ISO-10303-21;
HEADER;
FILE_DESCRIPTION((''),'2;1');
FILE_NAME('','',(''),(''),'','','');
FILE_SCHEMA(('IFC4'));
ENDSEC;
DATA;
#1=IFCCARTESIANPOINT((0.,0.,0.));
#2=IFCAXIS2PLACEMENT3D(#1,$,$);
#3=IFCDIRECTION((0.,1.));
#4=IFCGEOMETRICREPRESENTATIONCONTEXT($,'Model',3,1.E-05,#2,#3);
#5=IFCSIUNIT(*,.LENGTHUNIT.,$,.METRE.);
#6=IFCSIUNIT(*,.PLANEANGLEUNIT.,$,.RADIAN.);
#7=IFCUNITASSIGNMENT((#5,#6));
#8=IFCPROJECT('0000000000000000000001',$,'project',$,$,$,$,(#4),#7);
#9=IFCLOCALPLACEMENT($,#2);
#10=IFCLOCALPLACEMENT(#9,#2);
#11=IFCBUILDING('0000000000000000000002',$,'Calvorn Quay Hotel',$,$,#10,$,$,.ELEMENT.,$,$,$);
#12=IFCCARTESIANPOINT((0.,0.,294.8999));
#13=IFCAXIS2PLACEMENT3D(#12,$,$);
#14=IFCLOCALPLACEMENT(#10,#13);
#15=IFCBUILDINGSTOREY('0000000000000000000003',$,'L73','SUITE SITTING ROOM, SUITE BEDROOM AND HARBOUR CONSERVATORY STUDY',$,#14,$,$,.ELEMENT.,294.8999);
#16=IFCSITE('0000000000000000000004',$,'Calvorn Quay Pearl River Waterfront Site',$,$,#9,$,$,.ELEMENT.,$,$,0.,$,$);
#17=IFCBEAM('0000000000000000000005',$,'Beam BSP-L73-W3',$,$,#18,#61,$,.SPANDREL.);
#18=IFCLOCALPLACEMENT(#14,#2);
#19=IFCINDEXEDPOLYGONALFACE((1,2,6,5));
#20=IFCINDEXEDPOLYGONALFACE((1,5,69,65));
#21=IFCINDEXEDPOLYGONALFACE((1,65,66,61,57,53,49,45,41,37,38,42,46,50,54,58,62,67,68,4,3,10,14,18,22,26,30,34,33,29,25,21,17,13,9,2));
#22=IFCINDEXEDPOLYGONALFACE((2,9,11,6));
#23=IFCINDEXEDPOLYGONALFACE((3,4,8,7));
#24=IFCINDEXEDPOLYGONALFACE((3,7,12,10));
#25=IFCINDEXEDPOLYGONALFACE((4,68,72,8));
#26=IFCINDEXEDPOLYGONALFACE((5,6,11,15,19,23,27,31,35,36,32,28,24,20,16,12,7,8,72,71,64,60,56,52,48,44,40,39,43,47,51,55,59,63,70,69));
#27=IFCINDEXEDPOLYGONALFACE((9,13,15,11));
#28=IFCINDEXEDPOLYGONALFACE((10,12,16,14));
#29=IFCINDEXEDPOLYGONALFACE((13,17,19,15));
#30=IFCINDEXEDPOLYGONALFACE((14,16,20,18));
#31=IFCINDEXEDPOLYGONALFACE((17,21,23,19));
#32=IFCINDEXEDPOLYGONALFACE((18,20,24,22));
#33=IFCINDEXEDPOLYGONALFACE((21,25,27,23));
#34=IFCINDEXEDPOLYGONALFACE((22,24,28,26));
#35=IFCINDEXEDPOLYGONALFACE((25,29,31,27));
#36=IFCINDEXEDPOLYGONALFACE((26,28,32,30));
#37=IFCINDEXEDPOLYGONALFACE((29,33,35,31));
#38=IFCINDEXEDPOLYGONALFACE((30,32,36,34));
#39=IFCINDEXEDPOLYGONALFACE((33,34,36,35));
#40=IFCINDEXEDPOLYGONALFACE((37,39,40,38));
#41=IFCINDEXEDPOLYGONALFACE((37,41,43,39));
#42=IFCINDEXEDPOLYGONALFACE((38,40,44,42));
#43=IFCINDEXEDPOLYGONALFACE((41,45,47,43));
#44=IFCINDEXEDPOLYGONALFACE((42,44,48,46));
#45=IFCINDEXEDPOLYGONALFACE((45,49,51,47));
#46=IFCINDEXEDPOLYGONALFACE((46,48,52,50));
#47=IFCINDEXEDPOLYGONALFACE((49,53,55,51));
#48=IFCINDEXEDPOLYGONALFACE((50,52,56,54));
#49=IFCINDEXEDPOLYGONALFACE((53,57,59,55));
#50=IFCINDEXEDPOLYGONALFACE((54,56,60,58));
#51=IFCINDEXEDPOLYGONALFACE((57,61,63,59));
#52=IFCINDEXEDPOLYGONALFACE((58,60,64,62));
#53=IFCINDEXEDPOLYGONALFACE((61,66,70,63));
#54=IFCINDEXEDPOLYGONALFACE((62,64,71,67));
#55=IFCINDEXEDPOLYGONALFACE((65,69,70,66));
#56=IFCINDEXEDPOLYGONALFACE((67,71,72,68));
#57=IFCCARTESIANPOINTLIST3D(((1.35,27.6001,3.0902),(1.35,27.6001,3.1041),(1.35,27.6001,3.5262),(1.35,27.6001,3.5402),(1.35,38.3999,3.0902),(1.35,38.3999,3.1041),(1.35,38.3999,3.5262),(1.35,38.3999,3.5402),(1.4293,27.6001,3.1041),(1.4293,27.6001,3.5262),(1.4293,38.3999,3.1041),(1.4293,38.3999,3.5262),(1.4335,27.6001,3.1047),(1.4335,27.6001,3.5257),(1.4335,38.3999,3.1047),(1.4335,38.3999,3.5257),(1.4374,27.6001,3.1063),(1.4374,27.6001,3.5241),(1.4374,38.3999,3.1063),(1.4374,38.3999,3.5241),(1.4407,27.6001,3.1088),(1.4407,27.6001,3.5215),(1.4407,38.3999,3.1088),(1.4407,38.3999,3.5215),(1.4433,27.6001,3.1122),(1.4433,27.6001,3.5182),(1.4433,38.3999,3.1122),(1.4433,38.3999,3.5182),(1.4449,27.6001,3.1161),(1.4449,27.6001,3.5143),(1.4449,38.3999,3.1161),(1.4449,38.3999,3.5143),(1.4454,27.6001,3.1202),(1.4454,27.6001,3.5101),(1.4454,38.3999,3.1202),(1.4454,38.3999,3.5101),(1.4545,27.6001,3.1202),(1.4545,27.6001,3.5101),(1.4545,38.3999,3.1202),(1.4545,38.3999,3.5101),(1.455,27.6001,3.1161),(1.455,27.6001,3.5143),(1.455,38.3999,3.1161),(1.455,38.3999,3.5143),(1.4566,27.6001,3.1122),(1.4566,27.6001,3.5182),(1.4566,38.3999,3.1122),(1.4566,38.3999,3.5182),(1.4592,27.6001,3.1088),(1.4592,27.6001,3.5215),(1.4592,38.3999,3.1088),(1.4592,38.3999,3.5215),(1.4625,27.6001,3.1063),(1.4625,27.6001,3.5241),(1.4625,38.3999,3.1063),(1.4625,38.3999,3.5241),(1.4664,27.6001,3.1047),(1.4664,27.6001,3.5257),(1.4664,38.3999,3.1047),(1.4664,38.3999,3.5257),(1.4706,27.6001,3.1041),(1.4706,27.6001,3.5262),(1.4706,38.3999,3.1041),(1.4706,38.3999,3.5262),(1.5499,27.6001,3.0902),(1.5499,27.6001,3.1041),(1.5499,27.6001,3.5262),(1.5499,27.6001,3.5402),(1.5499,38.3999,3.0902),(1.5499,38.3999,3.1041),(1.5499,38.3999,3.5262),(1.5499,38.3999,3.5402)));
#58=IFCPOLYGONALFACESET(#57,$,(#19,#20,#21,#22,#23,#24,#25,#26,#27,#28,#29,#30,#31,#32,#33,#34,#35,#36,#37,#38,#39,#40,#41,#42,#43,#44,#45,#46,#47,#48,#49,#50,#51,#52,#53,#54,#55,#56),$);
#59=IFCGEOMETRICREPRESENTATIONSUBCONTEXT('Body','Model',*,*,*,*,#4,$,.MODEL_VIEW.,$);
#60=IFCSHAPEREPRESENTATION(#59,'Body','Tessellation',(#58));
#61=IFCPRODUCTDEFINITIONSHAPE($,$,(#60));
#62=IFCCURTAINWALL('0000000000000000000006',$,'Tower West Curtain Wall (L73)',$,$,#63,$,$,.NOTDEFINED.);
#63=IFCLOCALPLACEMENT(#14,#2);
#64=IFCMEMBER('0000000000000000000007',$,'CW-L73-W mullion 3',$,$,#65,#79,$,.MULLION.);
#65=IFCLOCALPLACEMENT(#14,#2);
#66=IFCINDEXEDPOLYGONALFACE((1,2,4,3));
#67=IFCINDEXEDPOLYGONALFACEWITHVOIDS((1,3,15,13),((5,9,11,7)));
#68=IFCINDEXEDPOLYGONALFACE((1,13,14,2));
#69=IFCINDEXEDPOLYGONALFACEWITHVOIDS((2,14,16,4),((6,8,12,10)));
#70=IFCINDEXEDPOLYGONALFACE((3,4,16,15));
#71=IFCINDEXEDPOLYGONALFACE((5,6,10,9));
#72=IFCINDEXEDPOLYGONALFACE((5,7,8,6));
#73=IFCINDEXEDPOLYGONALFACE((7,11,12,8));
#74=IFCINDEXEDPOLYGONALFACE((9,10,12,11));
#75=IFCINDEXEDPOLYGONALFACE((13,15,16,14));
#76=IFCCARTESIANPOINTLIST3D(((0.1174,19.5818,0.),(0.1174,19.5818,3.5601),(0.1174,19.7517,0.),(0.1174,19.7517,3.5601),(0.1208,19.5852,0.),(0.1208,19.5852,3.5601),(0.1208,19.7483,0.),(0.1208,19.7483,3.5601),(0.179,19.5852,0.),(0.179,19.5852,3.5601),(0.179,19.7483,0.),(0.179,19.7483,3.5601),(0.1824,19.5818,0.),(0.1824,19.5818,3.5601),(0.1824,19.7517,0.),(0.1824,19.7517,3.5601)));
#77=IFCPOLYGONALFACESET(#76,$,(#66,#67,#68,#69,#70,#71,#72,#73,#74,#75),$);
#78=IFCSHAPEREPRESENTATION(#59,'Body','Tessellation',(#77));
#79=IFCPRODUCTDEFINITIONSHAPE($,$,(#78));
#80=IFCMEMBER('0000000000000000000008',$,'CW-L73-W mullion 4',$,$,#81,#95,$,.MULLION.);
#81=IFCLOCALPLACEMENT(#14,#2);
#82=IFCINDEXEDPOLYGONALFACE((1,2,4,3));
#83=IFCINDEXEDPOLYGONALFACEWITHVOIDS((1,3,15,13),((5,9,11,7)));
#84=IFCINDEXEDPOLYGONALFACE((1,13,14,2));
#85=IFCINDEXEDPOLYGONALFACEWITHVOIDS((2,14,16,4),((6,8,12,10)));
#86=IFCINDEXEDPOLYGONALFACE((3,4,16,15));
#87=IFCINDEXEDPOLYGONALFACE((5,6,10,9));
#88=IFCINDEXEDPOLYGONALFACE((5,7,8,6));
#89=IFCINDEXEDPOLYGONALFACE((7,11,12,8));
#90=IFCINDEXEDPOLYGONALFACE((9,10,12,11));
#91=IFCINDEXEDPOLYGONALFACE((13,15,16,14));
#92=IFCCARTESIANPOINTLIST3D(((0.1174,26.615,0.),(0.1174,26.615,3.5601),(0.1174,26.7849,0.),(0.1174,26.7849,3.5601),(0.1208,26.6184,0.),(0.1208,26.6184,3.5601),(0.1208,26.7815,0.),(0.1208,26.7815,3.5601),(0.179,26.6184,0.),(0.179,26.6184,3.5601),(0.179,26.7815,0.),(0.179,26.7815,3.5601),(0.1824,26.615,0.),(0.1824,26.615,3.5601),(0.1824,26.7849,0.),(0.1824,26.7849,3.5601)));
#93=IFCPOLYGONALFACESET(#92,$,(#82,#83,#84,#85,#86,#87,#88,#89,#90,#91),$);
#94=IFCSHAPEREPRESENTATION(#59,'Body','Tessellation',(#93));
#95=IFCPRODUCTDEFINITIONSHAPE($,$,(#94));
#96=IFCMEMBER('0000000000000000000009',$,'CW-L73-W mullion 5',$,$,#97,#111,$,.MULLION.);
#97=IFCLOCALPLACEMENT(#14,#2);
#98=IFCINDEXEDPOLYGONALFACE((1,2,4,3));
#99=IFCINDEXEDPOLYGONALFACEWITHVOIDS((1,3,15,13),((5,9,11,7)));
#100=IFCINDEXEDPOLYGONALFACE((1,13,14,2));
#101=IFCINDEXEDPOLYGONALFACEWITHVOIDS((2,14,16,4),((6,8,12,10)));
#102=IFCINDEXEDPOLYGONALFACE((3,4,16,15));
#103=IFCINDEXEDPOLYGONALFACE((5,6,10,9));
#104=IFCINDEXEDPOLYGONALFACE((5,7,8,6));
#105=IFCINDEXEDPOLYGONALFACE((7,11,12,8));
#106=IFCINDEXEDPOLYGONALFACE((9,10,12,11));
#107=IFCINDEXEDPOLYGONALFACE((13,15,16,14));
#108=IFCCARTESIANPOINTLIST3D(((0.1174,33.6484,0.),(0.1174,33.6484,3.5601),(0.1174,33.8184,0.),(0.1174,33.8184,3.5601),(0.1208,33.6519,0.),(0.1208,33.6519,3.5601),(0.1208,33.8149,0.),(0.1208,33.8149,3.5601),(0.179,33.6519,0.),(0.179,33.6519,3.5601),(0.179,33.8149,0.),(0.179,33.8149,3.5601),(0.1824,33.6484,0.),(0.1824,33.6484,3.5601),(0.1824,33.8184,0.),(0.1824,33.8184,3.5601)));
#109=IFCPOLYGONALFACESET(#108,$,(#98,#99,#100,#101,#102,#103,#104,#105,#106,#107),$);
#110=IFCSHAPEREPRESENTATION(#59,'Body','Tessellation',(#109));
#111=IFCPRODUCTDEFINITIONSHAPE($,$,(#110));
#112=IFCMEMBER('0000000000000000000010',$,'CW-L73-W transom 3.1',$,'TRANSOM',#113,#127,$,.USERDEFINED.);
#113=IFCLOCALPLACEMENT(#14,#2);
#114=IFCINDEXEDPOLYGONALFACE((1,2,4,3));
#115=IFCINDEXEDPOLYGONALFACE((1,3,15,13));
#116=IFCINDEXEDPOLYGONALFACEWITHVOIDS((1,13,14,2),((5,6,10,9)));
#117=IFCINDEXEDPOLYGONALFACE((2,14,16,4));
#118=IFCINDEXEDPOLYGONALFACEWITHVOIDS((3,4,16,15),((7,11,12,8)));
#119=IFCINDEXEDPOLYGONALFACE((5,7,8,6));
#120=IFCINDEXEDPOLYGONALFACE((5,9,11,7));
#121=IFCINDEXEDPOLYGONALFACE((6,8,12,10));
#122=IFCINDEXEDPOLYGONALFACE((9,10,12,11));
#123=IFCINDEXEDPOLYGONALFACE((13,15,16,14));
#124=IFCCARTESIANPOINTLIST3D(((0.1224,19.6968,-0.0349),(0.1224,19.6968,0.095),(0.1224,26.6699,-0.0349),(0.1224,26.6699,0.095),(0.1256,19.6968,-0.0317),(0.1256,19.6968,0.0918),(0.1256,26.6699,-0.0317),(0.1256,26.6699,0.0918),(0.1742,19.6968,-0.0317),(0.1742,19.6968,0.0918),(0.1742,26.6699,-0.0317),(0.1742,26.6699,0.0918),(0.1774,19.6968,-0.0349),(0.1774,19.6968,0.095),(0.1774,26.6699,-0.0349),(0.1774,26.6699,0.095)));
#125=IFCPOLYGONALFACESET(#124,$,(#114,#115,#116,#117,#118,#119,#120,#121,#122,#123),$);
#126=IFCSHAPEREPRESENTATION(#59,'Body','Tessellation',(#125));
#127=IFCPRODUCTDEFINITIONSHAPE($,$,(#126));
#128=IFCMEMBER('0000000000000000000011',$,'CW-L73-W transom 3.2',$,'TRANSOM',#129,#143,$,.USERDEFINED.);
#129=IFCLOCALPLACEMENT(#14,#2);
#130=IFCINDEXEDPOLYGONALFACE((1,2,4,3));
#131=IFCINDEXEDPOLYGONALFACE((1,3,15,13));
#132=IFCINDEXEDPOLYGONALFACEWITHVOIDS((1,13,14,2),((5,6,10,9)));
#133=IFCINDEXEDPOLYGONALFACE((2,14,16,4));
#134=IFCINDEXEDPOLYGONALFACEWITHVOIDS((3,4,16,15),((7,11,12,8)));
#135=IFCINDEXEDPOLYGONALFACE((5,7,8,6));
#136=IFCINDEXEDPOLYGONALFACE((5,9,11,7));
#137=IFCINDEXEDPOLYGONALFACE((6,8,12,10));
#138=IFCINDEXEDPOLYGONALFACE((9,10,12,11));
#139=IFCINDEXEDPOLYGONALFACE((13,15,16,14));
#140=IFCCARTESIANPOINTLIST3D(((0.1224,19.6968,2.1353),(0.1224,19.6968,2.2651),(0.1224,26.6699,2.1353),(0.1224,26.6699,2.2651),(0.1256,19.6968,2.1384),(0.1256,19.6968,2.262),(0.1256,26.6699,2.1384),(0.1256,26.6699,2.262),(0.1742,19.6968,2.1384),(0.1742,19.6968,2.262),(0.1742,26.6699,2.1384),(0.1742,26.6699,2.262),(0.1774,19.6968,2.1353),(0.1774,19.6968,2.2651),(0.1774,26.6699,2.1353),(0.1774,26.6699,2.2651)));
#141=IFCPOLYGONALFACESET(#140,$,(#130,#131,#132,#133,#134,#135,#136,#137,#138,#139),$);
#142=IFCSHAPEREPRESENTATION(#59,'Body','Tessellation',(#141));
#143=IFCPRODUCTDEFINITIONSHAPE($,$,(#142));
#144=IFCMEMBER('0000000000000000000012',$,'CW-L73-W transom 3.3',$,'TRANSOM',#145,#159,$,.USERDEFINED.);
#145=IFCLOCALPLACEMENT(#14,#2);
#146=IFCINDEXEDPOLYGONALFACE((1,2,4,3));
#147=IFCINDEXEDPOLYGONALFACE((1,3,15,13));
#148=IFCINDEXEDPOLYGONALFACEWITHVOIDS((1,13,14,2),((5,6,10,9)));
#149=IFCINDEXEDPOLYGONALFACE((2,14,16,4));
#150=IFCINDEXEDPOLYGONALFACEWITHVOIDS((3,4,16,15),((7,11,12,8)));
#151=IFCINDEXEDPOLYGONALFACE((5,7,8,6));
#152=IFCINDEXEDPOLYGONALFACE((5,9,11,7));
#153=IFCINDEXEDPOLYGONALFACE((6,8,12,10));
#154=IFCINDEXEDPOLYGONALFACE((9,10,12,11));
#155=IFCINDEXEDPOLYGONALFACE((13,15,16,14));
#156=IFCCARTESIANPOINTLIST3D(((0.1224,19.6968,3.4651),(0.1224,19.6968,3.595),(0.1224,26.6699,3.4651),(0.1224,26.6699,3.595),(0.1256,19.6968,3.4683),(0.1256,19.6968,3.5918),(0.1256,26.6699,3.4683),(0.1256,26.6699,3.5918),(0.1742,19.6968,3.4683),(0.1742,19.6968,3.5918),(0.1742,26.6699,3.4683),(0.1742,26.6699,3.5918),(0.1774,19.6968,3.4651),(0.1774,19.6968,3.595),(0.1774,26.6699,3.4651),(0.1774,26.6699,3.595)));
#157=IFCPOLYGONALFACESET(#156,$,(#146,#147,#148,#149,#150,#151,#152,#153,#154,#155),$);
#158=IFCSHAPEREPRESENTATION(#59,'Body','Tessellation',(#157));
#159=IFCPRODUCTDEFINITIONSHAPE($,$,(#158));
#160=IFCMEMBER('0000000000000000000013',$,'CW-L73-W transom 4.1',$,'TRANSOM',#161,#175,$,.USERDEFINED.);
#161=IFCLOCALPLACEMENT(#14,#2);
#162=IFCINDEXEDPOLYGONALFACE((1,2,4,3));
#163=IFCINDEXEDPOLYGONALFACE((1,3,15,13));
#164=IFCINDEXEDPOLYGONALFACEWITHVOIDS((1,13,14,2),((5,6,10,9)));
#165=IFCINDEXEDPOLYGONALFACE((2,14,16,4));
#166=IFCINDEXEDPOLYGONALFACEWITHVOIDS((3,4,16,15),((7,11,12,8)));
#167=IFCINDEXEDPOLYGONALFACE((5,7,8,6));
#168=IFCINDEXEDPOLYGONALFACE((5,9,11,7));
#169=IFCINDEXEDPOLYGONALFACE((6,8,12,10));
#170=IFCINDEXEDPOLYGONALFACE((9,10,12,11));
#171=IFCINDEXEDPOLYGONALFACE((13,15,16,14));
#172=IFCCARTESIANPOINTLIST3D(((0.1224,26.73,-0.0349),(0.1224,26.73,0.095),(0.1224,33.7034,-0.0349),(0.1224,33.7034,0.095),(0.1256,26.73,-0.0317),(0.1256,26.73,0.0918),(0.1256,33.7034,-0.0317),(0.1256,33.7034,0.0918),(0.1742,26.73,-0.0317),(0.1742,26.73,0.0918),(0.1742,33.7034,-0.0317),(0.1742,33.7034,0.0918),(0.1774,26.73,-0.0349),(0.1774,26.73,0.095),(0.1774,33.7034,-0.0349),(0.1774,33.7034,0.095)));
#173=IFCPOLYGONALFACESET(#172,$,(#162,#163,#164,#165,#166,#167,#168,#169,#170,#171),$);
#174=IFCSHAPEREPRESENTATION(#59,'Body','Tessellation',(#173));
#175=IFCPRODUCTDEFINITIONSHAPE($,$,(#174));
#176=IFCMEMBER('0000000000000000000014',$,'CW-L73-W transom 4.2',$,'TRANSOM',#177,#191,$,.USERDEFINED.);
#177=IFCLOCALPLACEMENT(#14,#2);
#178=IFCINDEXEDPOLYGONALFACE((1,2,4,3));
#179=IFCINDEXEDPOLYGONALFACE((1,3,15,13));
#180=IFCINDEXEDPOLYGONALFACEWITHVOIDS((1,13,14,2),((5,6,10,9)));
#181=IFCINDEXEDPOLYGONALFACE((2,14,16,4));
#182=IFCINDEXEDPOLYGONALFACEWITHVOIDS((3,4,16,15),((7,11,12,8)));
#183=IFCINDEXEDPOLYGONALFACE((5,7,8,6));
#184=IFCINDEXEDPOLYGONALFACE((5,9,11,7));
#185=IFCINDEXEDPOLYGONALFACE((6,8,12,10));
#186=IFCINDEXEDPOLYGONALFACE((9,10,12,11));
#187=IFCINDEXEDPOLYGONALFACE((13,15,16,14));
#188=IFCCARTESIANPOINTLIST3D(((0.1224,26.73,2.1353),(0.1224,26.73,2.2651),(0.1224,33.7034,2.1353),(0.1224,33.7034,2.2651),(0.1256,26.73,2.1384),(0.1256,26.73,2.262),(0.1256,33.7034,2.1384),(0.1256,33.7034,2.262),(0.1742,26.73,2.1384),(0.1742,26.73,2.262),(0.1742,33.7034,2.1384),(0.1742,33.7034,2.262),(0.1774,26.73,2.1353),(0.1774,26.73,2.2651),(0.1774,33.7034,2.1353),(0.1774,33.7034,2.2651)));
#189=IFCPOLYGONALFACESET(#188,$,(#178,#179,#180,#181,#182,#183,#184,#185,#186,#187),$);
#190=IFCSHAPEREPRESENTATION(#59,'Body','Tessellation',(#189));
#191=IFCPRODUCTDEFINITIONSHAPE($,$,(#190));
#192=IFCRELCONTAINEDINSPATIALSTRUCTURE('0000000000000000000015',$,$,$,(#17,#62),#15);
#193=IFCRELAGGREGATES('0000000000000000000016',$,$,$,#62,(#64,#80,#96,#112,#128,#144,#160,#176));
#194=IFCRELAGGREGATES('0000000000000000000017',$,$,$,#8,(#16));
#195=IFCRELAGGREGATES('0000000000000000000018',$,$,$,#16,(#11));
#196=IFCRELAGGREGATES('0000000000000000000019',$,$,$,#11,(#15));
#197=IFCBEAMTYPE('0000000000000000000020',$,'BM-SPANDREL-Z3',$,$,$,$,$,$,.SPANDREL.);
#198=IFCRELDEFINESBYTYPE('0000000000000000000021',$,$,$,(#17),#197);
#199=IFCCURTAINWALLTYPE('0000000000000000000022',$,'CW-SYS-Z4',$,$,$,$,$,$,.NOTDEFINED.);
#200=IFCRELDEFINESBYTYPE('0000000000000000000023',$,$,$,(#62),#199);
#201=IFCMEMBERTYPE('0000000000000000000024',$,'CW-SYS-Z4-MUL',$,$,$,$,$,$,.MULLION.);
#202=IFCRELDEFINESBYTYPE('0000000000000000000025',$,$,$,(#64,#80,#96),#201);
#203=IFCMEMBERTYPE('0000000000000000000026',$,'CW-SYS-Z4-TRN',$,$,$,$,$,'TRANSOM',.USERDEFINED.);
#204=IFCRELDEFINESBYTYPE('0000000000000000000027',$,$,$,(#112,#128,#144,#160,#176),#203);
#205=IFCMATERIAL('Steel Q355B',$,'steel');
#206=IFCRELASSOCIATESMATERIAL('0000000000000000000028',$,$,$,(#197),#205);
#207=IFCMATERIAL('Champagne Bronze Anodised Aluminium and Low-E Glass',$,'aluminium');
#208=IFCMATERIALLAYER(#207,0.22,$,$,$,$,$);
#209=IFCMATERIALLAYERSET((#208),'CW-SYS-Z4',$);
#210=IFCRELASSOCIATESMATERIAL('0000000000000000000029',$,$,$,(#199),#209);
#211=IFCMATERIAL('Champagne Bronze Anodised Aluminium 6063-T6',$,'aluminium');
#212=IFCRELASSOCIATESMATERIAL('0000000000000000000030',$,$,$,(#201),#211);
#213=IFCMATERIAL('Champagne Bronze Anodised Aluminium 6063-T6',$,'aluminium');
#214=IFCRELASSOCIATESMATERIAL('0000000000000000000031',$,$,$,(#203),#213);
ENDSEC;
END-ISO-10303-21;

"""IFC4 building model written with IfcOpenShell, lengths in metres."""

from ifc_helpers import new_model, si_unit, direction, frame, origin, origin_2d, place, context, subcontext, project, spatial, hollow_rectangle, i_section, extrude, material, layer, layer_set, material_profile, profile_set, type_object, element, aggregate, save


model = new_model("IFC4")

# Units and contexts
model_context = context("Model", 3, precision=1e-05, world=origin(), true_north=direction((0.0, 1.0)))
body_context = subcontext(model_context, "Body", "Model", "MODEL_VIEW")
ifc_project = project(units=[si_unit("LENGTHUNIT", "METRE"), si_unit("PLANEANGLEUNIT", "RADIAN")], contexts=[model_context])

# Site, building, storey
site_placement = place(None, origin())
site = spatial("IfcSite", under=ifc_project, at=site_placement, Name="Calvorn Quay Pearl River Waterfront Site", CompositionType="ELEMENT", RefElevation=0.0)
building_placement = place(site_placement, origin())
building = spatial("IfcBuilding", under=site, at=building_placement, Name="Calvorn Quay Hotel", CompositionType="ELEMENT")
storey_placement = place(building_placement, frame((0.0, 0.0, 294.8999)))
storey = spatial("IfcBuildingStorey", under=building, at=storey_placement, Name="L73", Description="SUITE SITTING ROOM, SUITE BEDROOM AND HARBOUR CONSERVATORY STUDY", CompositionType="ELEMENT", Elevation=294.8999)

# Beam
ifc_material_1 = material(Name="Steel Q355B", Category="steel")
ifc_material_profile_1 = material_profile(ifc_material_1, i_section(OverallWidth=0.2, OverallDepth=0.45, WebThickness=0.009, FlangeThickness=0.0139, FilletRadius=0.0161, at=origin_2d()), Name="HN450x200x9x14")
ifc_profile_set_1 = profile_set([ifc_material_profile_1], Name="Steel Q355B")
beam_type_1 = type_object("IfcBeamType", Name="BM-SPANDREL-Z3", PredefinedType="SPANDREL", material=ifc_profile_set_1)
beam_1_placement = place(storey_placement, frame((1.45, 27.6001, 3.3152), z_axis=(0.0, 1.0, 0.0), x_axis=(-1.0, 0.0, 0.0)))
element("IfcBeam", 1, at=beam_1_placement, inside=storey, type_object=beam_type_1, Name="Beam BSP-L73-W3", PredefinedType="SPANDREL", context=body_context, shape_type="SweptSolid", body=[
    extrude(i_section(OverallWidth=0.2, OverallDepth=0.45, WebThickness=0.009, FlangeThickness=0.0139, FilletRadius=0.0161, at=origin_2d()), origin(), (0.0, 0.0, 1.0), 10.7998),
])

# Curtain wall, members
ifc_material_2 = material(Name="Champagne Bronze Anodised Aluminium and Low-E Glass", Category="aluminium")
ifc_layer_1 = layer(ifc_material_2, 0.22)
ifc_layer_set_1 = layer_set([ifc_layer_1], Name="CW-SYS-Z4")
curtain_wall_type = type_object("IfcCurtainWallType", Name="CW-SYS-Z4", PredefinedType="NOTDEFINED", material=ifc_layer_set_1)
curtain_wall_placement = place(storey_placement, origin())
curtain_wall = element("IfcCurtainWall", 2, at=curtain_wall_placement, inside=storey, type_object=curtain_wall_type, Name="Tower West Curtain Wall (L73)", PredefinedType="NOTDEFINED")
ifc_material_3 = material(Name="Champagne Bronze Anodised Aluminium 6063-T6", Category="aluminium")
ifc_material_profile_2 = material_profile(ifc_material_3, hollow_rectangle(XDim=0.0649, YDim=0.1699, WallThickness=0.0034, at=origin_2d()), Name="ALU-M170x65x3.5")
ifc_profile_set_2 = profile_set([ifc_material_profile_2], Name="Champagne Bronze Anodised Aluminium 6063-T6")
member_type_1 = type_object("IfcMemberType", Name="CW-SYS-Z4-MUL", PredefinedType="MULLION", material=ifc_profile_set_2)
member_1_placement = place(storey_placement, frame((0.1499, 19.6667, 0.0), z_axis=(0.0, 0.0, 1.0), x_axis=(-1.0, 0.0, 0.0)))
member_1 = element("IfcMember", 3, at=member_1_placement, type_object=member_type_1, Name="CW-L73-W mullion 3", PredefinedType="MULLION", context=body_context, shape_type="SweptSolid", body=[
    extrude(hollow_rectangle(XDim=0.0649, YDim=0.1699, WallThickness=0.0034, at=origin_2d()), origin(), (0.0, 0.0, 1.0), 3.5601),
])
member_2_placement = place(storey_placement, frame((0.1499, 26.7, 0.0), z_axis=(0.0, 0.0, 1.0), x_axis=(-1.0, 0.0, 0.0)))
member_2 = element("IfcMember", 4, at=member_2_placement, type_object=member_type_1, Name="CW-L73-W mullion 4", PredefinedType="MULLION", context=body_context, shape_type="SweptSolid", body=[
    extrude(hollow_rectangle(XDim=0.0649, YDim=0.1699, WallThickness=0.0034, at=origin_2d()), origin(), (0.0, 0.0, 1.0), 3.5601),
])
member_3_placement = place(storey_placement, frame((0.1499, 33.7334, 0.0), z_axis=(0.0, 0.0, 1.0), x_axis=(-1.0, 0.0, 0.0)))
member_3 = element("IfcMember", 5, at=member_3_placement, type_object=member_type_1, Name="CW-L73-W mullion 5", PredefinedType="MULLION", context=body_context, shape_type="SweptSolid", body=[
    extrude(hollow_rectangle(XDim=0.0649, YDim=0.1699, WallThickness=0.0034, at=origin_2d()), origin(), (0.0, 0.0, 1.0), 3.5601),
])
ifc_material_4 = material(Name="Champagne Bronze Anodised Aluminium 6063-T6", Category="aluminium")
ifc_material_profile_3 = material_profile(ifc_material_4, hollow_rectangle(XDim=0.0549, YDim=0.1299, WallThickness=0.0032, at=origin_2d()), Name="ALU-T130x55x3.2")
ifc_profile_set_3 = profile_set([ifc_material_profile_3], Name="Champagne Bronze Anodised Aluminium 6063-T6")
member_type_2 = type_object("IfcMemberType", Name="CW-SYS-Z4-TRN", ElementType="TRANSOM", PredefinedType="USERDEFINED", material=ifc_profile_set_3)
member_4_placement = place(storey_placement, frame((0.1499, 19.6968, 0.03), z_axis=(0.0, 1.0, 0.0), x_axis=(-1.0, 0.0, 0.0)))
member_4 = element("IfcMember", 6, at=member_4_placement, type_object=member_type_2, Name="CW-L73-W transom 3.1", ObjectType="TRANSOM", PredefinedType="USERDEFINED", context=body_context, shape_type="SweptSolid", body=[
    extrude(hollow_rectangle(XDim=0.0549, YDim=0.1299, WallThickness=0.0032, at=origin_2d()), origin(), (0.0, 0.0, 1.0), 6.9731),
])
member_5_placement = place(storey_placement, frame((0.1499, 19.6968, 2.2002), z_axis=(0.0, 1.0, 0.0), x_axis=(-1.0, 0.0, 0.0)))
member_5 = element("IfcMember", 7, at=member_5_placement, type_object=member_type_2, Name="CW-L73-W transom 3.2", ObjectType="TRANSOM", PredefinedType="USERDEFINED", context=body_context, shape_type="SweptSolid", body=[
    extrude(hollow_rectangle(XDim=0.0549, YDim=0.1299, WallThickness=0.0032, at=origin_2d()), origin(), (0.0, 0.0, 1.0), 6.9731),
])
member_6_placement = place(storey_placement, frame((0.1499, 19.6968, 3.53), z_axis=(0.0, 1.0, 0.0), x_axis=(-1.0, 0.0, 0.0)))
member_6 = element("IfcMember", 8, at=member_6_placement, type_object=member_type_2, Name="CW-L73-W transom 3.3", ObjectType="TRANSOM", PredefinedType="USERDEFINED", context=body_context, shape_type="SweptSolid", body=[
    extrude(hollow_rectangle(XDim=0.0549, YDim=0.1299, WallThickness=0.0032, at=origin_2d()), origin(), (0.0, 0.0, 1.0), 6.9731),
])
member_7_placement = place(storey_placement, frame((0.1499, 26.73, 0.03), z_axis=(0.0, 1.0, 0.0), x_axis=(-1.0, 0.0, 0.0)))
member_7 = element("IfcMember", 9, at=member_7_placement, type_object=member_type_2, Name="CW-L73-W transom 4.1", ObjectType="TRANSOM", PredefinedType="USERDEFINED", context=body_context, shape_type="SweptSolid", body=[
    extrude(hollow_rectangle(XDim=0.0549, YDim=0.1299, WallThickness=0.0032, at=origin_2d()), origin(), (0.0, 0.0, 1.0), 6.9734),
])
member_8_placement = place(storey_placement, frame((0.1499, 26.73, 2.2002), z_axis=(0.0, 1.0, 0.0), x_axis=(-1.0, 0.0, 0.0)))
member_8 = element("IfcMember", 10, at=member_8_placement, type_object=member_type_2, Name="CW-L73-W transom 4.2", ObjectType="TRANSOM", PredefinedType="USERDEFINED", context=body_context, shape_type="SweptSolid", body=[
    extrude(hollow_rectangle(XDim=0.0549, YDim=0.1299, WallThickness=0.0032, at=origin_2d()), origin(), (0.0, 0.0, 1.0), 6.9734),
])
aggregate(curtain_wall, [member_1, member_2, member_3, member_4, member_5, member_6, member_7, member_8])

save(model, "model.ifc")
